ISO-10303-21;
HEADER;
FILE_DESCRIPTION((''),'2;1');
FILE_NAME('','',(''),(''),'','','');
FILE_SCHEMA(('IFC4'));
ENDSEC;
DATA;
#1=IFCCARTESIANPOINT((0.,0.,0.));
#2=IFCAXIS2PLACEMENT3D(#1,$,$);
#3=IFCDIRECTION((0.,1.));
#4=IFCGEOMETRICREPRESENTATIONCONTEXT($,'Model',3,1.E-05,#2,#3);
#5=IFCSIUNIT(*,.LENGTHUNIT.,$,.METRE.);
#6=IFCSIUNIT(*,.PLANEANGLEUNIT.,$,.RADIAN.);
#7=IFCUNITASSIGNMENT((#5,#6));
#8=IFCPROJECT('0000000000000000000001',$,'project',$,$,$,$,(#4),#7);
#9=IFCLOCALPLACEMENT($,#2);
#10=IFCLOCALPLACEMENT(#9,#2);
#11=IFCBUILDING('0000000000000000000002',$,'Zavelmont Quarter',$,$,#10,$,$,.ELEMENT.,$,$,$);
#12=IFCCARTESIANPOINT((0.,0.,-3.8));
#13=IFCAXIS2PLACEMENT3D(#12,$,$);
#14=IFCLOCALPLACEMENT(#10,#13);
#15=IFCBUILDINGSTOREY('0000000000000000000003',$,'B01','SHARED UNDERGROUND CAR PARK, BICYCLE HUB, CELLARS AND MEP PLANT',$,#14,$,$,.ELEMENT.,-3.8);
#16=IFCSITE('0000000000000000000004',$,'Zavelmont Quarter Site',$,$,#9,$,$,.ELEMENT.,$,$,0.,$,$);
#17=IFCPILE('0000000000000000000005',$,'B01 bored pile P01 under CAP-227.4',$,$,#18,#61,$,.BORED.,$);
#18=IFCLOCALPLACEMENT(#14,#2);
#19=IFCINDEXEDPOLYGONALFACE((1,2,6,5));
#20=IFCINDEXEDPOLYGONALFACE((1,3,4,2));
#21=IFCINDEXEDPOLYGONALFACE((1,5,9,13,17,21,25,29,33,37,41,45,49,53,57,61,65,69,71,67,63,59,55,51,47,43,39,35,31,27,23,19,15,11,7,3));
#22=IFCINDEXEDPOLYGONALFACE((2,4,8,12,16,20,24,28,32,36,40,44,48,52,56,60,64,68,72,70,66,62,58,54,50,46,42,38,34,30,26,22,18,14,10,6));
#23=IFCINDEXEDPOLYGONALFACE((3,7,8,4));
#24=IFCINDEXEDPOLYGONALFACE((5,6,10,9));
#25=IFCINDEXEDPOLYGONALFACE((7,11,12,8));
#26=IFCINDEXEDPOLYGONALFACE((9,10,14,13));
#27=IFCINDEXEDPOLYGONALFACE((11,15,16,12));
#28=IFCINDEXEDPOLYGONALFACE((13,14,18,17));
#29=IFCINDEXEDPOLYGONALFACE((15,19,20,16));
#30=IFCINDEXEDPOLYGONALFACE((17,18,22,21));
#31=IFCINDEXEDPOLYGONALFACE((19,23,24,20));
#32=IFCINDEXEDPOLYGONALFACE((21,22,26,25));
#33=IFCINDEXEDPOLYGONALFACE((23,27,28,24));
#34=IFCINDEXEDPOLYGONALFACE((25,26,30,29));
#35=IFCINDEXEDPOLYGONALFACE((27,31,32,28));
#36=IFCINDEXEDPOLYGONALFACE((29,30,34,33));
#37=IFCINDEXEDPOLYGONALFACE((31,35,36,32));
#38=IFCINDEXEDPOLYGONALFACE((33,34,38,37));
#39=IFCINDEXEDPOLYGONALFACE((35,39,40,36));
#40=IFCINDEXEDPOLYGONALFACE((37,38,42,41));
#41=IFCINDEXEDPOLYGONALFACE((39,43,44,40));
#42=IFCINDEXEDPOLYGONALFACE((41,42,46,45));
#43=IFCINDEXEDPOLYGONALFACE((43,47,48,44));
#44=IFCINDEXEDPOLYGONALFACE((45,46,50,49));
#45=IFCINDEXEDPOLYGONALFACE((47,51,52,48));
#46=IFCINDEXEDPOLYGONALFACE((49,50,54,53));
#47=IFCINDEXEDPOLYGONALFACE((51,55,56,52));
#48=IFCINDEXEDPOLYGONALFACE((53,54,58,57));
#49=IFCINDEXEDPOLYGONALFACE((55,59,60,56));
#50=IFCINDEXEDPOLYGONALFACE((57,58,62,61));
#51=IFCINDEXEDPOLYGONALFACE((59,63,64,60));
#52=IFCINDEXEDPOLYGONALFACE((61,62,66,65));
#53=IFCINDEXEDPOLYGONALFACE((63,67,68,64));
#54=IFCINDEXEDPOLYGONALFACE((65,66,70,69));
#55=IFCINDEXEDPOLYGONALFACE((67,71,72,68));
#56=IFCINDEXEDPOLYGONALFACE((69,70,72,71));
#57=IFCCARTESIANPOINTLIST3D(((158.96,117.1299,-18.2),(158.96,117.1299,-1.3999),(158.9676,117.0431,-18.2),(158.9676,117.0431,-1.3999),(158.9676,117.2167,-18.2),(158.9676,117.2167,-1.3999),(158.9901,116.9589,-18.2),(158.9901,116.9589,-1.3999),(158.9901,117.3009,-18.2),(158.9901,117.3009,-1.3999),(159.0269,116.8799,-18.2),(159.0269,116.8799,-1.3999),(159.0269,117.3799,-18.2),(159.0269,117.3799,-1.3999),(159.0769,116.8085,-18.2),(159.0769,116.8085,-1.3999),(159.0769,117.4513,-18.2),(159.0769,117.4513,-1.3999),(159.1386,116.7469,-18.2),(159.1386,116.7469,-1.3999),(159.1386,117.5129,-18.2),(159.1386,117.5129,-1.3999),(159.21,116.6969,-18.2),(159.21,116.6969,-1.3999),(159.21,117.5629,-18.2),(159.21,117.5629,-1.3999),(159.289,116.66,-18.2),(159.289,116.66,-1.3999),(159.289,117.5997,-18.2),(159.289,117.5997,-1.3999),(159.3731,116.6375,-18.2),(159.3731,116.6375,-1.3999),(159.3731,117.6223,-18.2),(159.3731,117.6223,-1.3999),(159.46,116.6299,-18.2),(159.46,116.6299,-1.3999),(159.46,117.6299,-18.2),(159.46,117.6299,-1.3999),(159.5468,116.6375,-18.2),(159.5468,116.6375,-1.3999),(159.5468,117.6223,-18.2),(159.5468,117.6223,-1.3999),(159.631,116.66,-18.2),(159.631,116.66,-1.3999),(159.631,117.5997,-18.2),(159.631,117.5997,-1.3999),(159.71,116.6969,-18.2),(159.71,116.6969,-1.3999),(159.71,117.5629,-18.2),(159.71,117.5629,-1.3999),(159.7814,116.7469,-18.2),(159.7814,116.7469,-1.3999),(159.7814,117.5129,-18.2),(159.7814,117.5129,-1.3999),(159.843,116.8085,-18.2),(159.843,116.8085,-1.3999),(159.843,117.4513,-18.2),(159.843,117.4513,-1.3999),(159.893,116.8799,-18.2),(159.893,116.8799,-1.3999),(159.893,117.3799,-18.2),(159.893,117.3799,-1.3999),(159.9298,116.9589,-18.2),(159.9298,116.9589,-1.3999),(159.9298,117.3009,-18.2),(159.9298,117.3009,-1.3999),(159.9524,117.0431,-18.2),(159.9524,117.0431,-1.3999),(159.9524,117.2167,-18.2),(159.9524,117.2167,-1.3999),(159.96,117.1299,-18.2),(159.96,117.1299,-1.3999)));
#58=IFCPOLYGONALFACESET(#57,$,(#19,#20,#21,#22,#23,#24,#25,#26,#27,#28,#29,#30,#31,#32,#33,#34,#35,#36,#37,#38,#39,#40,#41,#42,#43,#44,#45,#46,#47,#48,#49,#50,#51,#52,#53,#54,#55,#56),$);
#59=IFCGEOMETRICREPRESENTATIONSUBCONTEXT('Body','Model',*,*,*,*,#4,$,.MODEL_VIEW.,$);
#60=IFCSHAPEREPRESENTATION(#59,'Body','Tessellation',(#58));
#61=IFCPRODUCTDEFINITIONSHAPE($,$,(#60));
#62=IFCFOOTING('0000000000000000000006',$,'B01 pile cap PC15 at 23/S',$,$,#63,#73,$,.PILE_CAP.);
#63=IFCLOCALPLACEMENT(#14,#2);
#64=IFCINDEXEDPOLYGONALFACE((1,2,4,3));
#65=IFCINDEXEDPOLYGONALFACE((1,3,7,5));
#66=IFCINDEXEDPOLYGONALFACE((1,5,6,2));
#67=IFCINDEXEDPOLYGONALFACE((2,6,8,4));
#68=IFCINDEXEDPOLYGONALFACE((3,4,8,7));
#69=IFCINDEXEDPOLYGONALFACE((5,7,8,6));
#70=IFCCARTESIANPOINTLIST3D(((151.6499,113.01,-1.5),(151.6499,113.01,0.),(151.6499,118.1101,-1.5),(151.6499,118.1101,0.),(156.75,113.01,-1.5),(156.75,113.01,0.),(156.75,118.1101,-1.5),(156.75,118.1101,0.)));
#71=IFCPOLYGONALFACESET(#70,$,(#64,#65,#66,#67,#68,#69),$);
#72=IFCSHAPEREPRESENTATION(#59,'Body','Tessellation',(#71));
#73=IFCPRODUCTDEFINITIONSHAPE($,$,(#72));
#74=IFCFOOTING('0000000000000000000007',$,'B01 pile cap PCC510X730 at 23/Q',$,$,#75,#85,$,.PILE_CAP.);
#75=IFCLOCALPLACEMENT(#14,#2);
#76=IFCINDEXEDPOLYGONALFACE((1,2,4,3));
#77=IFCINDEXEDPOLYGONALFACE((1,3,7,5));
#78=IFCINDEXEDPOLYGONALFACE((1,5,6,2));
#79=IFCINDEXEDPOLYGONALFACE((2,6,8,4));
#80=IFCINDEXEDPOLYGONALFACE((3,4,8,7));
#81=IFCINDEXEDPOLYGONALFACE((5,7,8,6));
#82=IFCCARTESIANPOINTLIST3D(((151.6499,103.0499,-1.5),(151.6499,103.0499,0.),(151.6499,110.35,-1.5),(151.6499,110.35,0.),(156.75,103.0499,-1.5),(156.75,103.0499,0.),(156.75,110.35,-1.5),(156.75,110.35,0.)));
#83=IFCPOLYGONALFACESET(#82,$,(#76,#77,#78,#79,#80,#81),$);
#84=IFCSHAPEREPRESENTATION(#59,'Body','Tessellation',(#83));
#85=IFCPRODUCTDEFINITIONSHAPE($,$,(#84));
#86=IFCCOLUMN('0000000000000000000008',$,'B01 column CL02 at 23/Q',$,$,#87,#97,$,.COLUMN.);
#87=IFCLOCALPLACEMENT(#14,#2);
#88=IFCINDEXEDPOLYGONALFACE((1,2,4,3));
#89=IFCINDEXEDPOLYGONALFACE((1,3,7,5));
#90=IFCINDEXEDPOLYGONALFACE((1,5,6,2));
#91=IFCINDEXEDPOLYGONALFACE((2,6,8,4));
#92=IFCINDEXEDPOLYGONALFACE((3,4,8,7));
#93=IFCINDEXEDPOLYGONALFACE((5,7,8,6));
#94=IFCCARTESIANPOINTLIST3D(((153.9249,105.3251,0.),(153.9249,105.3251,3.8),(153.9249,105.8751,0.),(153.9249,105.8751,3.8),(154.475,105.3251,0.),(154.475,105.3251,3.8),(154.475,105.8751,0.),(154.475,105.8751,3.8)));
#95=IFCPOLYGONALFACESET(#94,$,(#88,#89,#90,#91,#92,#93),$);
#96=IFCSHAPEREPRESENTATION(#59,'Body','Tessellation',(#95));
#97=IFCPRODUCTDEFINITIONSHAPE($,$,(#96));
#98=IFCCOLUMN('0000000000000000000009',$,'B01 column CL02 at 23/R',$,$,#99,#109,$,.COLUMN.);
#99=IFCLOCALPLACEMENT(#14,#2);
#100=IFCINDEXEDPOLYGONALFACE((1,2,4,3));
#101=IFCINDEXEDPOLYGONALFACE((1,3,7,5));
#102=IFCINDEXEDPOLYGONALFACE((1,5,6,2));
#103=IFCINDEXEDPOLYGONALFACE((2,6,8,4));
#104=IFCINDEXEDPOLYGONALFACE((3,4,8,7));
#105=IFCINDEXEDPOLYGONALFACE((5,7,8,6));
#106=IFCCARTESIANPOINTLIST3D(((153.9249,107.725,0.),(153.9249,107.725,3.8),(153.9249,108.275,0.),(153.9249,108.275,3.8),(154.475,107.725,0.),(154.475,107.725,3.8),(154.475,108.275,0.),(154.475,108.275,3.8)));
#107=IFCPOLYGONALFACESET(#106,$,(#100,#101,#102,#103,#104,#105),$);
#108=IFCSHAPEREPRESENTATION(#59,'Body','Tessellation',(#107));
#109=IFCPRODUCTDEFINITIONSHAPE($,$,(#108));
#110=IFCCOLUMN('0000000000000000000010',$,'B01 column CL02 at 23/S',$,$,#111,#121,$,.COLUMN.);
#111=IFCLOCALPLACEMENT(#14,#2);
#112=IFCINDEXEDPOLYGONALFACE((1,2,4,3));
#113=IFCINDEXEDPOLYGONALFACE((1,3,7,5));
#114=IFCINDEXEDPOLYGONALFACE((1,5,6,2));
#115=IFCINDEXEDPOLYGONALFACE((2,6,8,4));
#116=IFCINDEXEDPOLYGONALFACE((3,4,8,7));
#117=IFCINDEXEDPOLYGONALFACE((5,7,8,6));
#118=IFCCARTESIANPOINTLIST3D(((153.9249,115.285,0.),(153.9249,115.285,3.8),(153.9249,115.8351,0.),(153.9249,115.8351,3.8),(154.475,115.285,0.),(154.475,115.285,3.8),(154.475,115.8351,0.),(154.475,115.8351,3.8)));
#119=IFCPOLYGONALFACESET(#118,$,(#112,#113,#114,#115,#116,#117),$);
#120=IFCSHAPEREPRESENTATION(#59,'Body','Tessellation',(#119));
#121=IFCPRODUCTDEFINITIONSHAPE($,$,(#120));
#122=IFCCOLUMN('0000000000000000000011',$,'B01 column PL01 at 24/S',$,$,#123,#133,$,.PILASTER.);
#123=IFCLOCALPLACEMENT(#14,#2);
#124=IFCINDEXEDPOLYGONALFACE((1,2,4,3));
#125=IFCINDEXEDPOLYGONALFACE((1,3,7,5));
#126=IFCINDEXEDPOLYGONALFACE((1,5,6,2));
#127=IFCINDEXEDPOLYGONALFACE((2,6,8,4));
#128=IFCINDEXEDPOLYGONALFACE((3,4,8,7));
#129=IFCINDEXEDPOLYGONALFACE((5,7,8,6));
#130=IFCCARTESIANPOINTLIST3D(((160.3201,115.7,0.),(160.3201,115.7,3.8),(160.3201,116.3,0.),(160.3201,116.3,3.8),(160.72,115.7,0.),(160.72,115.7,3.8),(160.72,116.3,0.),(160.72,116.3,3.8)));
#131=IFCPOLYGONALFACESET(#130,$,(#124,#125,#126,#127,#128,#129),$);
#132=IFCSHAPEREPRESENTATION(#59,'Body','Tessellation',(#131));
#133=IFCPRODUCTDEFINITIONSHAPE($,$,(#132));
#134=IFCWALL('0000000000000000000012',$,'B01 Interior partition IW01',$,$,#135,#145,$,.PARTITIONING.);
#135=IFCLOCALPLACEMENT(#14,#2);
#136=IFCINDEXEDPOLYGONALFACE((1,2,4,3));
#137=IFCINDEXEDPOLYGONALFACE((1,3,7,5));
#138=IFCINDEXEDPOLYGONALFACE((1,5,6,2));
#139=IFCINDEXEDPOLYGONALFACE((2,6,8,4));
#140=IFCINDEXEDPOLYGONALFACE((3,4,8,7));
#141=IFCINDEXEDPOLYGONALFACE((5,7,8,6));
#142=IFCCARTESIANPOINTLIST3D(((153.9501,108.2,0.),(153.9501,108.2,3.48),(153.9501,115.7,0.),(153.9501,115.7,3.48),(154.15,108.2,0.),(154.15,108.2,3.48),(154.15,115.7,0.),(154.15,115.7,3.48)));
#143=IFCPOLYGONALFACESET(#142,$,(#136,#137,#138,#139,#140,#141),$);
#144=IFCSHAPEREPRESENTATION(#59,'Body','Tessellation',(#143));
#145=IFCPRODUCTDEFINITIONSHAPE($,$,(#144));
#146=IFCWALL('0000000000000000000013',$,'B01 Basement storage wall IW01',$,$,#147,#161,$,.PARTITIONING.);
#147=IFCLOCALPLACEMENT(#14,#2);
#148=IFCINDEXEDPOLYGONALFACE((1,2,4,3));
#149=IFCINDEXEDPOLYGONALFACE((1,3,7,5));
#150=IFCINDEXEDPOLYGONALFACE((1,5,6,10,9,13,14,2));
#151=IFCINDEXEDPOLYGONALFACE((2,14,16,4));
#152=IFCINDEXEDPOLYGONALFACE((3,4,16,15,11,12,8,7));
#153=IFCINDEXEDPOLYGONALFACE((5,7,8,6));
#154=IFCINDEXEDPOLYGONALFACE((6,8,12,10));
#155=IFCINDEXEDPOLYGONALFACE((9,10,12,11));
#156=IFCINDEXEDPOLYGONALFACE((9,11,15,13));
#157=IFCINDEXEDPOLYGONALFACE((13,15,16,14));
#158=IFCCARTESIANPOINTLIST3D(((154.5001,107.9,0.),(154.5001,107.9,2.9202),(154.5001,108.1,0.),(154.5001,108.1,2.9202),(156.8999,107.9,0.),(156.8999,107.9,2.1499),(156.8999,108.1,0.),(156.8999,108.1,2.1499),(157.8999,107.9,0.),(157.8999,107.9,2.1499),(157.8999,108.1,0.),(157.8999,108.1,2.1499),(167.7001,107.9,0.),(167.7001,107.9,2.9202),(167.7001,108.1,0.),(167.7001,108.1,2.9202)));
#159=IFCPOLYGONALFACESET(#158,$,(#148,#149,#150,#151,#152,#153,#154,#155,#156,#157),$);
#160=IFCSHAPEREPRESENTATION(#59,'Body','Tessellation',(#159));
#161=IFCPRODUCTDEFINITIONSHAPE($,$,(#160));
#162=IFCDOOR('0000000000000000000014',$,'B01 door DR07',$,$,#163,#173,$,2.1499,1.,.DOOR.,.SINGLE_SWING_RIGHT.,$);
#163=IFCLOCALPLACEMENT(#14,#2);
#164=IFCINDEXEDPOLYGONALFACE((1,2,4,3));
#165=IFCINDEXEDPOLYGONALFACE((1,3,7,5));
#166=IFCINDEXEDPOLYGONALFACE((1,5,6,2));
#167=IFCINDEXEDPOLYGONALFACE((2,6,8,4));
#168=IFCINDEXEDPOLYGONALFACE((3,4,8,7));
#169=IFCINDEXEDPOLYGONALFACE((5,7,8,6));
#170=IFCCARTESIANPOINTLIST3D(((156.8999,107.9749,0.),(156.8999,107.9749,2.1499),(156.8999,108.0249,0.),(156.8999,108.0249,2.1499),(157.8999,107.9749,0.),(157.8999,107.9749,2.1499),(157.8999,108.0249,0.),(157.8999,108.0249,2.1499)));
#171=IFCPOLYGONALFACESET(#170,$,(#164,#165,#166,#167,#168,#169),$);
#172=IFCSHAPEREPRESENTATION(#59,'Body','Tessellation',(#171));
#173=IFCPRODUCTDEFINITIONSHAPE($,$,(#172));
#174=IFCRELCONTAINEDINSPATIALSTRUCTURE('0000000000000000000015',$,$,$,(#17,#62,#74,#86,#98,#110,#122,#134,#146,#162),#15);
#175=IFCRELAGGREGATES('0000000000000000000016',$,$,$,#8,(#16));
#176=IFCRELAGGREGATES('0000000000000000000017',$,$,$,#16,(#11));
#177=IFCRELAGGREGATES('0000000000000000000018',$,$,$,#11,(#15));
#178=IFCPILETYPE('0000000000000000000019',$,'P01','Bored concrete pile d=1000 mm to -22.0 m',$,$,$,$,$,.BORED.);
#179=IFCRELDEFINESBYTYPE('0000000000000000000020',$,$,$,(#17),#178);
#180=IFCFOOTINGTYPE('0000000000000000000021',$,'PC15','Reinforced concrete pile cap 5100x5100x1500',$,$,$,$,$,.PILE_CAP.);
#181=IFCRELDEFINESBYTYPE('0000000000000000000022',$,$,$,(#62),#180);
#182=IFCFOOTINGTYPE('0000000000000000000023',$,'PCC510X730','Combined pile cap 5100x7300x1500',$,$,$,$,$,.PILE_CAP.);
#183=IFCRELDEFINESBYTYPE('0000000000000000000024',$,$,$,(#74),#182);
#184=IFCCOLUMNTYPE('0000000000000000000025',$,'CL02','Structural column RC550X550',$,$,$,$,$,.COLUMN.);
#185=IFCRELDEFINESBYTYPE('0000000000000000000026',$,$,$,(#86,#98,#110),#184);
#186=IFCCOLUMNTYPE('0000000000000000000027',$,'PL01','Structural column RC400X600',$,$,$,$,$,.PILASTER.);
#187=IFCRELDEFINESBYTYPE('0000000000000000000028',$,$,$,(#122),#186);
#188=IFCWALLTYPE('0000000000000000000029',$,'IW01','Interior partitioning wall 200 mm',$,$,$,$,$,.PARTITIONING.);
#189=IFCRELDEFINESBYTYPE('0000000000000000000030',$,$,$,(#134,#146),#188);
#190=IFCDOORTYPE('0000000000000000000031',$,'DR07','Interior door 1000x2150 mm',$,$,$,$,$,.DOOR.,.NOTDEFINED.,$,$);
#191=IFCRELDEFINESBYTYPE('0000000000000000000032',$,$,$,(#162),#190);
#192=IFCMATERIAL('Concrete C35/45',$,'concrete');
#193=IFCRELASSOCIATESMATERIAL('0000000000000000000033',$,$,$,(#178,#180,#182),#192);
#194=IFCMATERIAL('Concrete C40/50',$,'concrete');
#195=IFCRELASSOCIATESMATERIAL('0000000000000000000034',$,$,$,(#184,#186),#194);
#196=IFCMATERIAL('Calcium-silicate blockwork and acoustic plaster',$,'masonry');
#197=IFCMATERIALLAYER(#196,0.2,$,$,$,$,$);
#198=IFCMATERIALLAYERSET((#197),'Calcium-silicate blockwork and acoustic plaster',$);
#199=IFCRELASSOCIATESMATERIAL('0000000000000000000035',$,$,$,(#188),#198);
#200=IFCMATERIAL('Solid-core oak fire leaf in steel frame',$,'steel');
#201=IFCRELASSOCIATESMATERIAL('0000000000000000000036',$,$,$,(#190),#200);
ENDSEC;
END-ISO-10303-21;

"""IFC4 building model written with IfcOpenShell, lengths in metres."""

from ifc_helpers import new_model, si_unit, direction, frame, frame_2d, origin, origin_with_axes, origin_2d, place, context, subcontext, project, spatial, rectangle, circle, extrude, material, layer, layer_set, material_profile, profile_set, type_object, element, fill, save


model = new_model("IFC4")

# Units and contexts
model_context = context("Model", 3, precision=1e-05, world=origin(), true_north=direction((0.0, 1.0)))
body_context = subcontext(model_context, "Body", "Model", "MODEL_VIEW")
ifc_project = project(units=[si_unit("LENGTHUNIT", "METRE"), si_unit("PLANEANGLEUNIT", "RADIAN")], contexts=[model_context])

# Site, building, storey
site_placement = place(None, origin())
site = spatial("IfcSite", under=ifc_project, at=site_placement, Name="Zavelmont Quarter Site", CompositionType="ELEMENT", RefElevation=0.0)
building_placement = place(site_placement, origin())
building = spatial("IfcBuilding", under=site, at=building_placement, Name="Zavelmont Quarter", CompositionType="ELEMENT")
storey_placement = place(building_placement, frame((0.0, 0.0, -3.8)))
storey = spatial("IfcBuildingStorey", under=building, at=storey_placement, Name="B01", Description="SHARED UNDERGROUND CAR PARK, BICYCLE HUB, CELLARS AND MEP PLANT", CompositionType="ELEMENT", Elevation=-3.8)

# Shared definitions
ifc_material_1 = material(Name="Concrete C35/45", Category="concrete")

# Pile
ifc_material_profile_1 = material_profile(ifc_material_1, circle(Radius=0.5, at=origin_2d()), Name="BP1000")
ifc_profile_set_1 = profile_set([ifc_material_profile_1], Name="Concrete C35/45")
pile_type = type_object("IfcPileType", Name="P01", Description="Bored concrete pile d=1000 mm to -22.0 m", PredefinedType="BORED", material=ifc_profile_set_1)
for number, where, z_axis, x_axis, name in (
    (1, (159.46, 117.1299, -1.3999), (0.0, 0.0, -1.0), (1.0, 0.0, 0.0), "B01 bored pile P01 under CAP-227.4"),
):
    element("IfcPile", number, at=place(storey_placement, frame(where, z_axis=z_axis, x_axis=x_axis)), inside=storey, type_object=pile_type, Name=name, PredefinedType="BORED", context=body_context, shape_type="SweptSolid", body=[
        extrude(circle(Radius=0.5, at=origin_2d()), origin(), (0.0, 0.0, 1.0), 16.8),
    ])

# Footings
footing_type_1 = type_object("IfcFootingType", Name="PC15", Description="Reinforced concrete pile cap 5100x5100x1500", PredefinedType="PILE_CAP", material=ifc_material_1)
footing_1_placement = place(storey_placement, frame((154.2, 115.5601, -1.5), z_axis=(0.0, 0.0, 1.0), x_axis=(1.0, 0.0, 0.0)))
element("IfcFooting", 2, at=footing_1_placement, inside=storey, type_object=footing_type_1, Name="B01 pile cap PC15 at 23/S", PredefinedType="PILE_CAP", context=body_context, shape_type="SweptSolid", body=[
    extrude(rectangle(XDim=5.1001, YDim=5.1001, at=origin_2d()), origin(), (0.0, 0.0, 1.0), 1.5),
])
footing_type_2 = type_object("IfcFootingType", Name="PCC510X730", Description="Combined pile cap 5100x7300x1500", PredefinedType="PILE_CAP", material=ifc_material_1)
footing_2_placement = place(storey_placement, frame((154.2, 106.7, -1.5), z_axis=(0.0, 0.0, 1.0), x_axis=(1.0, 0.0, 0.0)))
element("IfcFooting", 3, at=footing_2_placement, inside=storey, type_object=footing_type_2, Name="B01 pile cap PCC510X730 at 23/Q", PredefinedType="PILE_CAP", context=body_context, shape_type="SweptSolid", body=[
    extrude(rectangle(XDim=5.1001, YDim=7.3, at=origin_2d()), origin(), (0.0, 0.0, 1.0), 1.5),
])

# Columns
ifc_material_2 = material(Name="Concrete C40/50", Category="concrete")
ifc_material_profile_2 = material_profile(ifc_material_2, rectangle(XDim=0.55, YDim=0.55, at=origin_2d()), Name="RC550X550")
ifc_profile_set_2 = profile_set([ifc_material_profile_2], Name="Concrete C40/50")
column_type_1 = type_object("IfcColumnType", Name="CL02", Description="Structural column RC550X550", PredefinedType="COLUMN", material=ifc_profile_set_2)
for number, where, z_axis, x_axis, name in (
    (4, (154.2, 105.6001, 0.0), (0.0, 0.0, 1.0), (1.0, 0.0, 0.0), "B01 column CL02 at 23/Q"),
    (5, (154.2, 108.0, 0.0), (0.0, 0.0, 1.0), (1.0, 0.0, 0.0), "B01 column CL02 at 23/R"),
    (6, (154.2, 115.5601, 0.0), (0.0, 0.0, 1.0), (1.0, 0.0, 0.0), "B01 column CL02 at 23/S"),
):
    element("IfcColumn", number, at=place(storey_placement, frame(where, z_axis=z_axis, x_axis=x_axis)), inside=storey, type_object=column_type_1, Name=name, PredefinedType="COLUMN", context=body_context, shape_type="SweptSolid", body=[
        extrude(rectangle(XDim=0.55, YDim=0.55, at=origin_2d()), origin(), (0.0, 0.0, 1.0), 3.8),
    ])
ifc_material_profile_3 = material_profile(ifc_material_2, rectangle(XDim=0.3999, YDim=0.6001, at=origin_2d()), Name="RC400X600")
ifc_profile_set_3 = profile_set([ifc_material_profile_3], Name="Concrete C40/50")
column_type_2 = type_object("IfcColumnType", Name="PL01", Description="Structural column RC400X600", PredefinedType="PILASTER", material=ifc_profile_set_3)
column_placement = place(storey_placement, frame((160.52, 116.0, 0.0), z_axis=(0.0, 0.0, 1.0), x_axis=(1.0, 0.0, 0.0)))
element("IfcColumn", 7, at=column_placement, inside=storey, type_object=column_type_2, Name="B01 column PL01 at 24/S", PredefinedType="PILASTER", context=body_context, shape_type="SweptSolid", body=[
    extrude(rectangle(XDim=0.3999, YDim=0.6001, at=origin_2d()), origin(), (0.0, 0.0, 1.0), 3.8),
])

# Wall
ifc_material_3 = material(Name="Calcium-silicate blockwork and acoustic plaster", Category="masonry")
ifc_layer_1 = layer(ifc_material_3, 0.2)
ifc_layer_set_1 = layer_set([ifc_layer_1], Name="Calcium-silicate blockwork and acoustic plaster")
wall_type_1 = type_object("IfcWallType", Name="IW01", Description="Interior partitioning wall 200 mm", PredefinedType="PARTITIONING", material=ifc_layer_set_1)
wall_1_placement = place(storey_placement, frame((154.05, 108.2, 0.0), z_axis=(0.0, 0.0, 1.0), x_axis=(0.0, 1.0, 0.0)))
element("IfcWall", 8, at=wall_1_placement, inside=storey, type_object=wall_type_1, Name="B01 Interior partition IW01", PredefinedType="PARTITIONING", context=body_context, shape_type="SweptSolid", body=[
    extrude(rectangle(XDim=7.5, YDim=0.2, at=frame_2d((3.75, 0.0))), origin(), (0.0, 0.0, 1.0), 3.48),
])

# Wall, opening, door
wall_2_placement = place(storey_placement, frame((154.5, 108.0, 0.0), z_axis=(0.0, 0.0, 1.0), x_axis=(1.0, 0.0, 0.0)))
wall_2 = element("IfcWall", 9, at=wall_2_placement, inside=storey, type_object=wall_type_1, Name="B01 Basement storage wall IW01", PredefinedType="PARTITIONING", context=body_context, shape_type="SweptSolid", body=[
    extrude(rectangle(XDim=13.2, YDim=0.2, at=frame_2d((6.6001, 0.0))), origin(), (0.0, 0.0, 1.0), 2.9202),
])
opening_1_placement = place(wall_2_placement, frame((2.3999, 0.0, 0.0)))
opening_1 = element("IfcOpeningElement", 10, at=opening_1_placement, cuts=wall_2, PredefinedType="OPENING", context=body_context, shape_type="SweptSolid", body=[
    extrude(rectangle(XDim=1.0, YDim=2.1499, at=frame_2d((0.5, 1.075))), frame((0.0, 0.1118, 0.0), z_axis=(0.0, -1.0, 0.0), x_axis=(1.0, 0.0, 0.0)), (0.0, 0.0, 1.0), 0.2239),
])
ifc_material_4 = material(Name="Solid-core oak fire leaf in steel frame", Category="steel")
door_type_1 = type_object("IfcDoorType", Name="DR07", Description="Interior door 1000x2150 mm", OperationType="NOTDEFINED", PredefinedType="DOOR", material=ifc_material_4)
door_1_placement = place(opening_1_placement, origin_with_axes())
door_1 = element("IfcDoor", 11, at=door_1_placement, inside=storey, type_object=door_type_1, Name="B01 door DR07", OperationType="SINGLE_SWING_RIGHT", OverallHeight=2.1499, OverallWidth=1.0, PredefinedType="DOOR", context=body_context, shape_type="SweptSolid", body=[
    extrude(rectangle(XDim=1.0, YDim=2.1499, at=frame_2d((0.5, 1.075))), frame((0.0, 0.0249, 0.0), z_axis=(0.0, -1.0, 0.0), x_axis=(1.0, 0.0, 0.0)), (0.0, 0.0, 1.0), 0.05),
])
fill(opening_1, door_1)

save(model, "model.ifc")
